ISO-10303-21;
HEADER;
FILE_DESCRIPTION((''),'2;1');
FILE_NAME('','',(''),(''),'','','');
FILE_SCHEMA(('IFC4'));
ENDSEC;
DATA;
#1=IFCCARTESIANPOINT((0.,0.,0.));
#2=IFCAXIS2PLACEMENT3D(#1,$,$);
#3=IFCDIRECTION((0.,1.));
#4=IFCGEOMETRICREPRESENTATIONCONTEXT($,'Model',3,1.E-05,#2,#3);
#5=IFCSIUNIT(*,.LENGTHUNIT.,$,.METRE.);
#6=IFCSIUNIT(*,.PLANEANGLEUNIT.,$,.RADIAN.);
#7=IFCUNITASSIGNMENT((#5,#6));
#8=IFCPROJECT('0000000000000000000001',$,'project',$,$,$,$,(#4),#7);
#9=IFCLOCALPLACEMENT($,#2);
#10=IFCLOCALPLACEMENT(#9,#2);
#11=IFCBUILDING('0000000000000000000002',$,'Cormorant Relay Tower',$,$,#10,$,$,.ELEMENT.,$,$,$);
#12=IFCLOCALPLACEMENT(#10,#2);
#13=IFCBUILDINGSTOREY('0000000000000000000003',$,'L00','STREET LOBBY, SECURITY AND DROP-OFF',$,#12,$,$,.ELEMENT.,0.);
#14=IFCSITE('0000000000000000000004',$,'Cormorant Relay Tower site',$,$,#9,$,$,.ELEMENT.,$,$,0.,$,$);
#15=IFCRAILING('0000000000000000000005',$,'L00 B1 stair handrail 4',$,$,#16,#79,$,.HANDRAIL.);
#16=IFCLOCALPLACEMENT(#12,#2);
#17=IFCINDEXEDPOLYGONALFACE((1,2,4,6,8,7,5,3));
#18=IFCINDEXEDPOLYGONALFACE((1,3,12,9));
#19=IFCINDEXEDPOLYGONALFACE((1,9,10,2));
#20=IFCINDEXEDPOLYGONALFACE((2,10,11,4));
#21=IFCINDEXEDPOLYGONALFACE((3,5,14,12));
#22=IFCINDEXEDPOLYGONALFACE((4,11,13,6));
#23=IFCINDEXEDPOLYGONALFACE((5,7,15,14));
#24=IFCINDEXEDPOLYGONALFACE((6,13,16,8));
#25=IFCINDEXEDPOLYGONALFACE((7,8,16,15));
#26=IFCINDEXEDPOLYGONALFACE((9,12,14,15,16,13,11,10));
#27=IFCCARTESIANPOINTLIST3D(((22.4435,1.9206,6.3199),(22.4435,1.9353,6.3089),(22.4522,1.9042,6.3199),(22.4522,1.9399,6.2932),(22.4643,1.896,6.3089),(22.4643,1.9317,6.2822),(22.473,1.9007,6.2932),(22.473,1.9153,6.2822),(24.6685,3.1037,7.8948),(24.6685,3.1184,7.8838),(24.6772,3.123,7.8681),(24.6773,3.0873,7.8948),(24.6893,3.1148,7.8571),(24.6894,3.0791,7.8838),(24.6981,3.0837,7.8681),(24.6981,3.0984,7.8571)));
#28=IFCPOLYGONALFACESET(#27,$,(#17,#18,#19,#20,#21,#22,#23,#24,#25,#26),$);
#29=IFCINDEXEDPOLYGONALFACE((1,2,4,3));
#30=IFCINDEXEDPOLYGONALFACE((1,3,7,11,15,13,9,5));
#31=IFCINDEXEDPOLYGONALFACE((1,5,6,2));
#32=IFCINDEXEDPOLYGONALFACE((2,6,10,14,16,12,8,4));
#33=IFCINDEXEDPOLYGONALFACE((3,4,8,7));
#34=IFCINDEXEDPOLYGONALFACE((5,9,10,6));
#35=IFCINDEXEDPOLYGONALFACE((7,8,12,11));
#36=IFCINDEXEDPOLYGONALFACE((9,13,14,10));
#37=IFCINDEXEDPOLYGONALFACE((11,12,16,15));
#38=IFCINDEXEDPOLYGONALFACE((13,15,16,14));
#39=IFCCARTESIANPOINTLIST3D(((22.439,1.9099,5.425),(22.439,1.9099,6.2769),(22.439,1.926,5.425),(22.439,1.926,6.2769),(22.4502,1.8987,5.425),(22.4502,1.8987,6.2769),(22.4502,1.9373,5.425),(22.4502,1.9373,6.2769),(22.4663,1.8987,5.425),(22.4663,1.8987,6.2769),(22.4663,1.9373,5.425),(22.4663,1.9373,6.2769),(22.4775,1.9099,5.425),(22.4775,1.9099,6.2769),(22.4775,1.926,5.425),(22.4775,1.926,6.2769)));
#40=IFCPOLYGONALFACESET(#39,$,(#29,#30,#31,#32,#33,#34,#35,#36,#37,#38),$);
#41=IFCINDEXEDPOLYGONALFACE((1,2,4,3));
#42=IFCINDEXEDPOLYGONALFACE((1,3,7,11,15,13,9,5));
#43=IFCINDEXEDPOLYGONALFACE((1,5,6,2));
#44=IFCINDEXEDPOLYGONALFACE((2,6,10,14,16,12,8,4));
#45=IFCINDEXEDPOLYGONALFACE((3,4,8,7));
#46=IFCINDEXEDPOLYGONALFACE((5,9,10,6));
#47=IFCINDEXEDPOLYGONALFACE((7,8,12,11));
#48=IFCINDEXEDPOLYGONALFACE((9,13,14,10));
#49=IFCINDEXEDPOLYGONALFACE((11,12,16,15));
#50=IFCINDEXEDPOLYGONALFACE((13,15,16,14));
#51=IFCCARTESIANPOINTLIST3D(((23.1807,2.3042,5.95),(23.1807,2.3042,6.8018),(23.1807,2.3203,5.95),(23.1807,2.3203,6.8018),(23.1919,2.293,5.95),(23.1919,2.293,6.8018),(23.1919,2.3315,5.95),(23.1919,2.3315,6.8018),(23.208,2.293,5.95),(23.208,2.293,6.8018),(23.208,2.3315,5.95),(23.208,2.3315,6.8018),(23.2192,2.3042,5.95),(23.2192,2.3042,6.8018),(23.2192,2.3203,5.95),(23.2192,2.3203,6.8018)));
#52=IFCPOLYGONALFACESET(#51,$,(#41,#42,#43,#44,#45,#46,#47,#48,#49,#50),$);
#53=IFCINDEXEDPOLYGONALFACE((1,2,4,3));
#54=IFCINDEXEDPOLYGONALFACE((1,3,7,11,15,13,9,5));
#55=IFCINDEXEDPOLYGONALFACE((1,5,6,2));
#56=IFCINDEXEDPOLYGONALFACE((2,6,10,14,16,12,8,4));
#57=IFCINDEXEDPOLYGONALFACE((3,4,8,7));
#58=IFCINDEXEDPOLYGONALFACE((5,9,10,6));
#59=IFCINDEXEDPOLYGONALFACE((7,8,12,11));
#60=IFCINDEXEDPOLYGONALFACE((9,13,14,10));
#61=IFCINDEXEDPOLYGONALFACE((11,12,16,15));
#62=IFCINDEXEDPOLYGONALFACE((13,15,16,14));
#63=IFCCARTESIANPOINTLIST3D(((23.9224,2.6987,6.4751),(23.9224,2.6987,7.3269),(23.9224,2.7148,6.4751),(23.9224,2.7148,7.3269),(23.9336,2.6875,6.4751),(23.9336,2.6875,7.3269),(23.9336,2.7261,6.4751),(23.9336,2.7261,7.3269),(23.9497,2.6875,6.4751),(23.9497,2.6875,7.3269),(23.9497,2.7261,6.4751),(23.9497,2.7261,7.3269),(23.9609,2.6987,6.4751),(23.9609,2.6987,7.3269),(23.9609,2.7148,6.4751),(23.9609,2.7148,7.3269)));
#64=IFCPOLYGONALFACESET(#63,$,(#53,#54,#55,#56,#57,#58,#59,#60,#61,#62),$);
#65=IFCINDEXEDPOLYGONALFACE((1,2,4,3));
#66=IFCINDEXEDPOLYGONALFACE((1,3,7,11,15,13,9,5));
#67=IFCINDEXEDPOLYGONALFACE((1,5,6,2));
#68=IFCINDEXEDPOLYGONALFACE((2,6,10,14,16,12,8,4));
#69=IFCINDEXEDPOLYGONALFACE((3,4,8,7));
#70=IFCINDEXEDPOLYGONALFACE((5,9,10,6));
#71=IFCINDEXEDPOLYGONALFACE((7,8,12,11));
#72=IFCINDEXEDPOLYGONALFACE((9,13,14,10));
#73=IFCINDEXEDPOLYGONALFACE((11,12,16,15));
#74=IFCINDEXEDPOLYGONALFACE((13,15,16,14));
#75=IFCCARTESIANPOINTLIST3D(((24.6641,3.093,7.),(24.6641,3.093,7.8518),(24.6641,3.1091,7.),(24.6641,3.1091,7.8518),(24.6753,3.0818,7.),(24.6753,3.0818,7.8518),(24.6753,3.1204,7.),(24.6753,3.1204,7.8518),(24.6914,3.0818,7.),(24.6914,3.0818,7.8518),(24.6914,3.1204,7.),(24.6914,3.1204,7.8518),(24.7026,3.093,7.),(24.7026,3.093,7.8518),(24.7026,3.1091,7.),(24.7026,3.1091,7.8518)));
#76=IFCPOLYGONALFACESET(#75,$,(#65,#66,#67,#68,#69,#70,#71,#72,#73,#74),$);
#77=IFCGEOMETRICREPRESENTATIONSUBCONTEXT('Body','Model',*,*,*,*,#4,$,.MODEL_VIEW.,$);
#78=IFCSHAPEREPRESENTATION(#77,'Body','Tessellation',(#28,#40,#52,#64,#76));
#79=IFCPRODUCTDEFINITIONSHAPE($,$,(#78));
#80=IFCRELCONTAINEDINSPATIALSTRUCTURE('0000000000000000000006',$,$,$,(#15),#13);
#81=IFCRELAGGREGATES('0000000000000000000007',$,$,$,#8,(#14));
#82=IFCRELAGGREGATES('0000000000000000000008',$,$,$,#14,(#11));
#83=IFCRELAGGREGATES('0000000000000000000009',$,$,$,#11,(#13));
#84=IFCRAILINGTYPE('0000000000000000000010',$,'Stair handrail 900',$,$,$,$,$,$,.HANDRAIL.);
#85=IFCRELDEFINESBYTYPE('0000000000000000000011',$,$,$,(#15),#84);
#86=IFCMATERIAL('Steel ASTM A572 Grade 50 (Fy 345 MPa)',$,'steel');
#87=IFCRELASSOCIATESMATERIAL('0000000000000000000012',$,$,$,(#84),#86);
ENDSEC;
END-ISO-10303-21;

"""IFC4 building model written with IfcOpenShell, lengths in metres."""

from ifc_helpers import new_model, si_unit, direction, frame, origin, place, context, subcontext, project, spatial, polyline, outline, extrude, material, type_object, element, save


model = new_model("IFC4")

# Units and contexts
model_context = context("Model", 3, precision=1e-05, world=origin(), true_north=direction((0.0, 1.0)))
body_context = subcontext(model_context, "Body", "Model", "MODEL_VIEW")
ifc_project = project(units=[si_unit("LENGTHUNIT", "METRE"), si_unit("PLANEANGLEUNIT", "RADIAN")], contexts=[model_context])

# Site, building, storey
site_placement = place(None, origin())
site = spatial("IfcSite", under=ifc_project, at=site_placement, Name="Cormorant Relay Tower site", CompositionType="ELEMENT", RefElevation=0.0)
building_placement = place(site_placement, origin())
building = spatial("IfcBuilding", under=site, at=building_placement, Name="Cormorant Relay Tower", CompositionType="ELEMENT")
storey_placement = place(building_placement, origin())
storey = spatial("IfcBuildingStorey", under=building, at=storey_placement, Name="L00", Description="STREET LOBBY, SECURITY AND DROP-OFF", CompositionType="ELEMENT", Elevation=0.0)

# Railing
ifc_material_1 = material(Name="Steel ASTM A572 Grade 50 (Fy 345 MPa)", Category="steel")
railing_type = type_object("IfcRailingType", Name="Stair handrail 900", PredefinedType="HANDRAIL", material=ifc_material_1)
railing_placement = place(storey_placement, frame((22.4583, 1.918, 5.425)))
element("IfcRailing", 1, at=railing_placement, inside=storey, type_object=railing_type, Name="L00 B1 stair handrail 4", PredefinedType="HANDRAIL", context=body_context, shape_type="SweptSolid", body=[
    extrude(outline(polyline([(0.0222, 0.0093), (0.0093, 0.0222), (-0.0093, 0.0222), (-0.0222, 0.0093), (-0.0222, -0.0093), (-0.0093, -0.0222), (0.0093, -0.0222), (0.0222, -0.0093), (0.0222, 0.0093)])), frame((0.0, 0.0, 0.876), z_axis=(0.748751, 0.398118, 0.529975), x_axis=(-0.469472, 0.882948, 0.0)), (0.0, 0.0, 1.0), 2.9717),
    extrude(outline(polyline([(0.0193, 0.0081), (0.0081, 0.0193), (-0.0081, 0.0193), (-0.0193, 0.0081), (-0.0193, -0.0081), (-0.0081, -0.0193), (0.0081, -0.0193), (0.0193, -0.0081), (0.0193, 0.0081)])), origin(), (0.0, 0.0, 1.0), 0.8518),
    extrude(outline(polyline([(0.0193, 0.0081), (0.0081, 0.0193), (-0.0081, 0.0193), (-0.0193, 0.0081), (-0.0193, -0.0081), (-0.0081, -0.0193), (0.0081, -0.0193), (0.0193, -0.0081), (0.0193, 0.0081)])), frame((0.7417, 0.3943, 0.5249)), (0.0, 0.0, 1.0), 0.8518),
    extrude(outline(polyline([(0.0193, 0.0081), (0.0081, 0.0193), (-0.0081, 0.0193), (-0.0193, 0.0081), (-0.0193, -0.0081), (-0.0081, -0.0193), (0.0081, -0.0193), (0.0193, -0.0081), (0.0193, 0.0081)])), frame((1.4834, 0.7888, 1.05)), (0.0, 0.0, 1.0), 0.8518),
    extrude(outline(polyline([(0.0193, 0.0081), (0.0081, 0.0193), (-0.0081, 0.0193), (-0.0193, 0.0081), (-0.0193, -0.0081), (-0.0081, -0.0193), (0.0081, -0.0193), (0.0193, -0.0081), (0.0193, 0.0081)])), frame((2.2251, 1.1831, 1.575)), (0.0, 0.0, 1.0), 0.8518),
])

save(model, "model.ifc")
